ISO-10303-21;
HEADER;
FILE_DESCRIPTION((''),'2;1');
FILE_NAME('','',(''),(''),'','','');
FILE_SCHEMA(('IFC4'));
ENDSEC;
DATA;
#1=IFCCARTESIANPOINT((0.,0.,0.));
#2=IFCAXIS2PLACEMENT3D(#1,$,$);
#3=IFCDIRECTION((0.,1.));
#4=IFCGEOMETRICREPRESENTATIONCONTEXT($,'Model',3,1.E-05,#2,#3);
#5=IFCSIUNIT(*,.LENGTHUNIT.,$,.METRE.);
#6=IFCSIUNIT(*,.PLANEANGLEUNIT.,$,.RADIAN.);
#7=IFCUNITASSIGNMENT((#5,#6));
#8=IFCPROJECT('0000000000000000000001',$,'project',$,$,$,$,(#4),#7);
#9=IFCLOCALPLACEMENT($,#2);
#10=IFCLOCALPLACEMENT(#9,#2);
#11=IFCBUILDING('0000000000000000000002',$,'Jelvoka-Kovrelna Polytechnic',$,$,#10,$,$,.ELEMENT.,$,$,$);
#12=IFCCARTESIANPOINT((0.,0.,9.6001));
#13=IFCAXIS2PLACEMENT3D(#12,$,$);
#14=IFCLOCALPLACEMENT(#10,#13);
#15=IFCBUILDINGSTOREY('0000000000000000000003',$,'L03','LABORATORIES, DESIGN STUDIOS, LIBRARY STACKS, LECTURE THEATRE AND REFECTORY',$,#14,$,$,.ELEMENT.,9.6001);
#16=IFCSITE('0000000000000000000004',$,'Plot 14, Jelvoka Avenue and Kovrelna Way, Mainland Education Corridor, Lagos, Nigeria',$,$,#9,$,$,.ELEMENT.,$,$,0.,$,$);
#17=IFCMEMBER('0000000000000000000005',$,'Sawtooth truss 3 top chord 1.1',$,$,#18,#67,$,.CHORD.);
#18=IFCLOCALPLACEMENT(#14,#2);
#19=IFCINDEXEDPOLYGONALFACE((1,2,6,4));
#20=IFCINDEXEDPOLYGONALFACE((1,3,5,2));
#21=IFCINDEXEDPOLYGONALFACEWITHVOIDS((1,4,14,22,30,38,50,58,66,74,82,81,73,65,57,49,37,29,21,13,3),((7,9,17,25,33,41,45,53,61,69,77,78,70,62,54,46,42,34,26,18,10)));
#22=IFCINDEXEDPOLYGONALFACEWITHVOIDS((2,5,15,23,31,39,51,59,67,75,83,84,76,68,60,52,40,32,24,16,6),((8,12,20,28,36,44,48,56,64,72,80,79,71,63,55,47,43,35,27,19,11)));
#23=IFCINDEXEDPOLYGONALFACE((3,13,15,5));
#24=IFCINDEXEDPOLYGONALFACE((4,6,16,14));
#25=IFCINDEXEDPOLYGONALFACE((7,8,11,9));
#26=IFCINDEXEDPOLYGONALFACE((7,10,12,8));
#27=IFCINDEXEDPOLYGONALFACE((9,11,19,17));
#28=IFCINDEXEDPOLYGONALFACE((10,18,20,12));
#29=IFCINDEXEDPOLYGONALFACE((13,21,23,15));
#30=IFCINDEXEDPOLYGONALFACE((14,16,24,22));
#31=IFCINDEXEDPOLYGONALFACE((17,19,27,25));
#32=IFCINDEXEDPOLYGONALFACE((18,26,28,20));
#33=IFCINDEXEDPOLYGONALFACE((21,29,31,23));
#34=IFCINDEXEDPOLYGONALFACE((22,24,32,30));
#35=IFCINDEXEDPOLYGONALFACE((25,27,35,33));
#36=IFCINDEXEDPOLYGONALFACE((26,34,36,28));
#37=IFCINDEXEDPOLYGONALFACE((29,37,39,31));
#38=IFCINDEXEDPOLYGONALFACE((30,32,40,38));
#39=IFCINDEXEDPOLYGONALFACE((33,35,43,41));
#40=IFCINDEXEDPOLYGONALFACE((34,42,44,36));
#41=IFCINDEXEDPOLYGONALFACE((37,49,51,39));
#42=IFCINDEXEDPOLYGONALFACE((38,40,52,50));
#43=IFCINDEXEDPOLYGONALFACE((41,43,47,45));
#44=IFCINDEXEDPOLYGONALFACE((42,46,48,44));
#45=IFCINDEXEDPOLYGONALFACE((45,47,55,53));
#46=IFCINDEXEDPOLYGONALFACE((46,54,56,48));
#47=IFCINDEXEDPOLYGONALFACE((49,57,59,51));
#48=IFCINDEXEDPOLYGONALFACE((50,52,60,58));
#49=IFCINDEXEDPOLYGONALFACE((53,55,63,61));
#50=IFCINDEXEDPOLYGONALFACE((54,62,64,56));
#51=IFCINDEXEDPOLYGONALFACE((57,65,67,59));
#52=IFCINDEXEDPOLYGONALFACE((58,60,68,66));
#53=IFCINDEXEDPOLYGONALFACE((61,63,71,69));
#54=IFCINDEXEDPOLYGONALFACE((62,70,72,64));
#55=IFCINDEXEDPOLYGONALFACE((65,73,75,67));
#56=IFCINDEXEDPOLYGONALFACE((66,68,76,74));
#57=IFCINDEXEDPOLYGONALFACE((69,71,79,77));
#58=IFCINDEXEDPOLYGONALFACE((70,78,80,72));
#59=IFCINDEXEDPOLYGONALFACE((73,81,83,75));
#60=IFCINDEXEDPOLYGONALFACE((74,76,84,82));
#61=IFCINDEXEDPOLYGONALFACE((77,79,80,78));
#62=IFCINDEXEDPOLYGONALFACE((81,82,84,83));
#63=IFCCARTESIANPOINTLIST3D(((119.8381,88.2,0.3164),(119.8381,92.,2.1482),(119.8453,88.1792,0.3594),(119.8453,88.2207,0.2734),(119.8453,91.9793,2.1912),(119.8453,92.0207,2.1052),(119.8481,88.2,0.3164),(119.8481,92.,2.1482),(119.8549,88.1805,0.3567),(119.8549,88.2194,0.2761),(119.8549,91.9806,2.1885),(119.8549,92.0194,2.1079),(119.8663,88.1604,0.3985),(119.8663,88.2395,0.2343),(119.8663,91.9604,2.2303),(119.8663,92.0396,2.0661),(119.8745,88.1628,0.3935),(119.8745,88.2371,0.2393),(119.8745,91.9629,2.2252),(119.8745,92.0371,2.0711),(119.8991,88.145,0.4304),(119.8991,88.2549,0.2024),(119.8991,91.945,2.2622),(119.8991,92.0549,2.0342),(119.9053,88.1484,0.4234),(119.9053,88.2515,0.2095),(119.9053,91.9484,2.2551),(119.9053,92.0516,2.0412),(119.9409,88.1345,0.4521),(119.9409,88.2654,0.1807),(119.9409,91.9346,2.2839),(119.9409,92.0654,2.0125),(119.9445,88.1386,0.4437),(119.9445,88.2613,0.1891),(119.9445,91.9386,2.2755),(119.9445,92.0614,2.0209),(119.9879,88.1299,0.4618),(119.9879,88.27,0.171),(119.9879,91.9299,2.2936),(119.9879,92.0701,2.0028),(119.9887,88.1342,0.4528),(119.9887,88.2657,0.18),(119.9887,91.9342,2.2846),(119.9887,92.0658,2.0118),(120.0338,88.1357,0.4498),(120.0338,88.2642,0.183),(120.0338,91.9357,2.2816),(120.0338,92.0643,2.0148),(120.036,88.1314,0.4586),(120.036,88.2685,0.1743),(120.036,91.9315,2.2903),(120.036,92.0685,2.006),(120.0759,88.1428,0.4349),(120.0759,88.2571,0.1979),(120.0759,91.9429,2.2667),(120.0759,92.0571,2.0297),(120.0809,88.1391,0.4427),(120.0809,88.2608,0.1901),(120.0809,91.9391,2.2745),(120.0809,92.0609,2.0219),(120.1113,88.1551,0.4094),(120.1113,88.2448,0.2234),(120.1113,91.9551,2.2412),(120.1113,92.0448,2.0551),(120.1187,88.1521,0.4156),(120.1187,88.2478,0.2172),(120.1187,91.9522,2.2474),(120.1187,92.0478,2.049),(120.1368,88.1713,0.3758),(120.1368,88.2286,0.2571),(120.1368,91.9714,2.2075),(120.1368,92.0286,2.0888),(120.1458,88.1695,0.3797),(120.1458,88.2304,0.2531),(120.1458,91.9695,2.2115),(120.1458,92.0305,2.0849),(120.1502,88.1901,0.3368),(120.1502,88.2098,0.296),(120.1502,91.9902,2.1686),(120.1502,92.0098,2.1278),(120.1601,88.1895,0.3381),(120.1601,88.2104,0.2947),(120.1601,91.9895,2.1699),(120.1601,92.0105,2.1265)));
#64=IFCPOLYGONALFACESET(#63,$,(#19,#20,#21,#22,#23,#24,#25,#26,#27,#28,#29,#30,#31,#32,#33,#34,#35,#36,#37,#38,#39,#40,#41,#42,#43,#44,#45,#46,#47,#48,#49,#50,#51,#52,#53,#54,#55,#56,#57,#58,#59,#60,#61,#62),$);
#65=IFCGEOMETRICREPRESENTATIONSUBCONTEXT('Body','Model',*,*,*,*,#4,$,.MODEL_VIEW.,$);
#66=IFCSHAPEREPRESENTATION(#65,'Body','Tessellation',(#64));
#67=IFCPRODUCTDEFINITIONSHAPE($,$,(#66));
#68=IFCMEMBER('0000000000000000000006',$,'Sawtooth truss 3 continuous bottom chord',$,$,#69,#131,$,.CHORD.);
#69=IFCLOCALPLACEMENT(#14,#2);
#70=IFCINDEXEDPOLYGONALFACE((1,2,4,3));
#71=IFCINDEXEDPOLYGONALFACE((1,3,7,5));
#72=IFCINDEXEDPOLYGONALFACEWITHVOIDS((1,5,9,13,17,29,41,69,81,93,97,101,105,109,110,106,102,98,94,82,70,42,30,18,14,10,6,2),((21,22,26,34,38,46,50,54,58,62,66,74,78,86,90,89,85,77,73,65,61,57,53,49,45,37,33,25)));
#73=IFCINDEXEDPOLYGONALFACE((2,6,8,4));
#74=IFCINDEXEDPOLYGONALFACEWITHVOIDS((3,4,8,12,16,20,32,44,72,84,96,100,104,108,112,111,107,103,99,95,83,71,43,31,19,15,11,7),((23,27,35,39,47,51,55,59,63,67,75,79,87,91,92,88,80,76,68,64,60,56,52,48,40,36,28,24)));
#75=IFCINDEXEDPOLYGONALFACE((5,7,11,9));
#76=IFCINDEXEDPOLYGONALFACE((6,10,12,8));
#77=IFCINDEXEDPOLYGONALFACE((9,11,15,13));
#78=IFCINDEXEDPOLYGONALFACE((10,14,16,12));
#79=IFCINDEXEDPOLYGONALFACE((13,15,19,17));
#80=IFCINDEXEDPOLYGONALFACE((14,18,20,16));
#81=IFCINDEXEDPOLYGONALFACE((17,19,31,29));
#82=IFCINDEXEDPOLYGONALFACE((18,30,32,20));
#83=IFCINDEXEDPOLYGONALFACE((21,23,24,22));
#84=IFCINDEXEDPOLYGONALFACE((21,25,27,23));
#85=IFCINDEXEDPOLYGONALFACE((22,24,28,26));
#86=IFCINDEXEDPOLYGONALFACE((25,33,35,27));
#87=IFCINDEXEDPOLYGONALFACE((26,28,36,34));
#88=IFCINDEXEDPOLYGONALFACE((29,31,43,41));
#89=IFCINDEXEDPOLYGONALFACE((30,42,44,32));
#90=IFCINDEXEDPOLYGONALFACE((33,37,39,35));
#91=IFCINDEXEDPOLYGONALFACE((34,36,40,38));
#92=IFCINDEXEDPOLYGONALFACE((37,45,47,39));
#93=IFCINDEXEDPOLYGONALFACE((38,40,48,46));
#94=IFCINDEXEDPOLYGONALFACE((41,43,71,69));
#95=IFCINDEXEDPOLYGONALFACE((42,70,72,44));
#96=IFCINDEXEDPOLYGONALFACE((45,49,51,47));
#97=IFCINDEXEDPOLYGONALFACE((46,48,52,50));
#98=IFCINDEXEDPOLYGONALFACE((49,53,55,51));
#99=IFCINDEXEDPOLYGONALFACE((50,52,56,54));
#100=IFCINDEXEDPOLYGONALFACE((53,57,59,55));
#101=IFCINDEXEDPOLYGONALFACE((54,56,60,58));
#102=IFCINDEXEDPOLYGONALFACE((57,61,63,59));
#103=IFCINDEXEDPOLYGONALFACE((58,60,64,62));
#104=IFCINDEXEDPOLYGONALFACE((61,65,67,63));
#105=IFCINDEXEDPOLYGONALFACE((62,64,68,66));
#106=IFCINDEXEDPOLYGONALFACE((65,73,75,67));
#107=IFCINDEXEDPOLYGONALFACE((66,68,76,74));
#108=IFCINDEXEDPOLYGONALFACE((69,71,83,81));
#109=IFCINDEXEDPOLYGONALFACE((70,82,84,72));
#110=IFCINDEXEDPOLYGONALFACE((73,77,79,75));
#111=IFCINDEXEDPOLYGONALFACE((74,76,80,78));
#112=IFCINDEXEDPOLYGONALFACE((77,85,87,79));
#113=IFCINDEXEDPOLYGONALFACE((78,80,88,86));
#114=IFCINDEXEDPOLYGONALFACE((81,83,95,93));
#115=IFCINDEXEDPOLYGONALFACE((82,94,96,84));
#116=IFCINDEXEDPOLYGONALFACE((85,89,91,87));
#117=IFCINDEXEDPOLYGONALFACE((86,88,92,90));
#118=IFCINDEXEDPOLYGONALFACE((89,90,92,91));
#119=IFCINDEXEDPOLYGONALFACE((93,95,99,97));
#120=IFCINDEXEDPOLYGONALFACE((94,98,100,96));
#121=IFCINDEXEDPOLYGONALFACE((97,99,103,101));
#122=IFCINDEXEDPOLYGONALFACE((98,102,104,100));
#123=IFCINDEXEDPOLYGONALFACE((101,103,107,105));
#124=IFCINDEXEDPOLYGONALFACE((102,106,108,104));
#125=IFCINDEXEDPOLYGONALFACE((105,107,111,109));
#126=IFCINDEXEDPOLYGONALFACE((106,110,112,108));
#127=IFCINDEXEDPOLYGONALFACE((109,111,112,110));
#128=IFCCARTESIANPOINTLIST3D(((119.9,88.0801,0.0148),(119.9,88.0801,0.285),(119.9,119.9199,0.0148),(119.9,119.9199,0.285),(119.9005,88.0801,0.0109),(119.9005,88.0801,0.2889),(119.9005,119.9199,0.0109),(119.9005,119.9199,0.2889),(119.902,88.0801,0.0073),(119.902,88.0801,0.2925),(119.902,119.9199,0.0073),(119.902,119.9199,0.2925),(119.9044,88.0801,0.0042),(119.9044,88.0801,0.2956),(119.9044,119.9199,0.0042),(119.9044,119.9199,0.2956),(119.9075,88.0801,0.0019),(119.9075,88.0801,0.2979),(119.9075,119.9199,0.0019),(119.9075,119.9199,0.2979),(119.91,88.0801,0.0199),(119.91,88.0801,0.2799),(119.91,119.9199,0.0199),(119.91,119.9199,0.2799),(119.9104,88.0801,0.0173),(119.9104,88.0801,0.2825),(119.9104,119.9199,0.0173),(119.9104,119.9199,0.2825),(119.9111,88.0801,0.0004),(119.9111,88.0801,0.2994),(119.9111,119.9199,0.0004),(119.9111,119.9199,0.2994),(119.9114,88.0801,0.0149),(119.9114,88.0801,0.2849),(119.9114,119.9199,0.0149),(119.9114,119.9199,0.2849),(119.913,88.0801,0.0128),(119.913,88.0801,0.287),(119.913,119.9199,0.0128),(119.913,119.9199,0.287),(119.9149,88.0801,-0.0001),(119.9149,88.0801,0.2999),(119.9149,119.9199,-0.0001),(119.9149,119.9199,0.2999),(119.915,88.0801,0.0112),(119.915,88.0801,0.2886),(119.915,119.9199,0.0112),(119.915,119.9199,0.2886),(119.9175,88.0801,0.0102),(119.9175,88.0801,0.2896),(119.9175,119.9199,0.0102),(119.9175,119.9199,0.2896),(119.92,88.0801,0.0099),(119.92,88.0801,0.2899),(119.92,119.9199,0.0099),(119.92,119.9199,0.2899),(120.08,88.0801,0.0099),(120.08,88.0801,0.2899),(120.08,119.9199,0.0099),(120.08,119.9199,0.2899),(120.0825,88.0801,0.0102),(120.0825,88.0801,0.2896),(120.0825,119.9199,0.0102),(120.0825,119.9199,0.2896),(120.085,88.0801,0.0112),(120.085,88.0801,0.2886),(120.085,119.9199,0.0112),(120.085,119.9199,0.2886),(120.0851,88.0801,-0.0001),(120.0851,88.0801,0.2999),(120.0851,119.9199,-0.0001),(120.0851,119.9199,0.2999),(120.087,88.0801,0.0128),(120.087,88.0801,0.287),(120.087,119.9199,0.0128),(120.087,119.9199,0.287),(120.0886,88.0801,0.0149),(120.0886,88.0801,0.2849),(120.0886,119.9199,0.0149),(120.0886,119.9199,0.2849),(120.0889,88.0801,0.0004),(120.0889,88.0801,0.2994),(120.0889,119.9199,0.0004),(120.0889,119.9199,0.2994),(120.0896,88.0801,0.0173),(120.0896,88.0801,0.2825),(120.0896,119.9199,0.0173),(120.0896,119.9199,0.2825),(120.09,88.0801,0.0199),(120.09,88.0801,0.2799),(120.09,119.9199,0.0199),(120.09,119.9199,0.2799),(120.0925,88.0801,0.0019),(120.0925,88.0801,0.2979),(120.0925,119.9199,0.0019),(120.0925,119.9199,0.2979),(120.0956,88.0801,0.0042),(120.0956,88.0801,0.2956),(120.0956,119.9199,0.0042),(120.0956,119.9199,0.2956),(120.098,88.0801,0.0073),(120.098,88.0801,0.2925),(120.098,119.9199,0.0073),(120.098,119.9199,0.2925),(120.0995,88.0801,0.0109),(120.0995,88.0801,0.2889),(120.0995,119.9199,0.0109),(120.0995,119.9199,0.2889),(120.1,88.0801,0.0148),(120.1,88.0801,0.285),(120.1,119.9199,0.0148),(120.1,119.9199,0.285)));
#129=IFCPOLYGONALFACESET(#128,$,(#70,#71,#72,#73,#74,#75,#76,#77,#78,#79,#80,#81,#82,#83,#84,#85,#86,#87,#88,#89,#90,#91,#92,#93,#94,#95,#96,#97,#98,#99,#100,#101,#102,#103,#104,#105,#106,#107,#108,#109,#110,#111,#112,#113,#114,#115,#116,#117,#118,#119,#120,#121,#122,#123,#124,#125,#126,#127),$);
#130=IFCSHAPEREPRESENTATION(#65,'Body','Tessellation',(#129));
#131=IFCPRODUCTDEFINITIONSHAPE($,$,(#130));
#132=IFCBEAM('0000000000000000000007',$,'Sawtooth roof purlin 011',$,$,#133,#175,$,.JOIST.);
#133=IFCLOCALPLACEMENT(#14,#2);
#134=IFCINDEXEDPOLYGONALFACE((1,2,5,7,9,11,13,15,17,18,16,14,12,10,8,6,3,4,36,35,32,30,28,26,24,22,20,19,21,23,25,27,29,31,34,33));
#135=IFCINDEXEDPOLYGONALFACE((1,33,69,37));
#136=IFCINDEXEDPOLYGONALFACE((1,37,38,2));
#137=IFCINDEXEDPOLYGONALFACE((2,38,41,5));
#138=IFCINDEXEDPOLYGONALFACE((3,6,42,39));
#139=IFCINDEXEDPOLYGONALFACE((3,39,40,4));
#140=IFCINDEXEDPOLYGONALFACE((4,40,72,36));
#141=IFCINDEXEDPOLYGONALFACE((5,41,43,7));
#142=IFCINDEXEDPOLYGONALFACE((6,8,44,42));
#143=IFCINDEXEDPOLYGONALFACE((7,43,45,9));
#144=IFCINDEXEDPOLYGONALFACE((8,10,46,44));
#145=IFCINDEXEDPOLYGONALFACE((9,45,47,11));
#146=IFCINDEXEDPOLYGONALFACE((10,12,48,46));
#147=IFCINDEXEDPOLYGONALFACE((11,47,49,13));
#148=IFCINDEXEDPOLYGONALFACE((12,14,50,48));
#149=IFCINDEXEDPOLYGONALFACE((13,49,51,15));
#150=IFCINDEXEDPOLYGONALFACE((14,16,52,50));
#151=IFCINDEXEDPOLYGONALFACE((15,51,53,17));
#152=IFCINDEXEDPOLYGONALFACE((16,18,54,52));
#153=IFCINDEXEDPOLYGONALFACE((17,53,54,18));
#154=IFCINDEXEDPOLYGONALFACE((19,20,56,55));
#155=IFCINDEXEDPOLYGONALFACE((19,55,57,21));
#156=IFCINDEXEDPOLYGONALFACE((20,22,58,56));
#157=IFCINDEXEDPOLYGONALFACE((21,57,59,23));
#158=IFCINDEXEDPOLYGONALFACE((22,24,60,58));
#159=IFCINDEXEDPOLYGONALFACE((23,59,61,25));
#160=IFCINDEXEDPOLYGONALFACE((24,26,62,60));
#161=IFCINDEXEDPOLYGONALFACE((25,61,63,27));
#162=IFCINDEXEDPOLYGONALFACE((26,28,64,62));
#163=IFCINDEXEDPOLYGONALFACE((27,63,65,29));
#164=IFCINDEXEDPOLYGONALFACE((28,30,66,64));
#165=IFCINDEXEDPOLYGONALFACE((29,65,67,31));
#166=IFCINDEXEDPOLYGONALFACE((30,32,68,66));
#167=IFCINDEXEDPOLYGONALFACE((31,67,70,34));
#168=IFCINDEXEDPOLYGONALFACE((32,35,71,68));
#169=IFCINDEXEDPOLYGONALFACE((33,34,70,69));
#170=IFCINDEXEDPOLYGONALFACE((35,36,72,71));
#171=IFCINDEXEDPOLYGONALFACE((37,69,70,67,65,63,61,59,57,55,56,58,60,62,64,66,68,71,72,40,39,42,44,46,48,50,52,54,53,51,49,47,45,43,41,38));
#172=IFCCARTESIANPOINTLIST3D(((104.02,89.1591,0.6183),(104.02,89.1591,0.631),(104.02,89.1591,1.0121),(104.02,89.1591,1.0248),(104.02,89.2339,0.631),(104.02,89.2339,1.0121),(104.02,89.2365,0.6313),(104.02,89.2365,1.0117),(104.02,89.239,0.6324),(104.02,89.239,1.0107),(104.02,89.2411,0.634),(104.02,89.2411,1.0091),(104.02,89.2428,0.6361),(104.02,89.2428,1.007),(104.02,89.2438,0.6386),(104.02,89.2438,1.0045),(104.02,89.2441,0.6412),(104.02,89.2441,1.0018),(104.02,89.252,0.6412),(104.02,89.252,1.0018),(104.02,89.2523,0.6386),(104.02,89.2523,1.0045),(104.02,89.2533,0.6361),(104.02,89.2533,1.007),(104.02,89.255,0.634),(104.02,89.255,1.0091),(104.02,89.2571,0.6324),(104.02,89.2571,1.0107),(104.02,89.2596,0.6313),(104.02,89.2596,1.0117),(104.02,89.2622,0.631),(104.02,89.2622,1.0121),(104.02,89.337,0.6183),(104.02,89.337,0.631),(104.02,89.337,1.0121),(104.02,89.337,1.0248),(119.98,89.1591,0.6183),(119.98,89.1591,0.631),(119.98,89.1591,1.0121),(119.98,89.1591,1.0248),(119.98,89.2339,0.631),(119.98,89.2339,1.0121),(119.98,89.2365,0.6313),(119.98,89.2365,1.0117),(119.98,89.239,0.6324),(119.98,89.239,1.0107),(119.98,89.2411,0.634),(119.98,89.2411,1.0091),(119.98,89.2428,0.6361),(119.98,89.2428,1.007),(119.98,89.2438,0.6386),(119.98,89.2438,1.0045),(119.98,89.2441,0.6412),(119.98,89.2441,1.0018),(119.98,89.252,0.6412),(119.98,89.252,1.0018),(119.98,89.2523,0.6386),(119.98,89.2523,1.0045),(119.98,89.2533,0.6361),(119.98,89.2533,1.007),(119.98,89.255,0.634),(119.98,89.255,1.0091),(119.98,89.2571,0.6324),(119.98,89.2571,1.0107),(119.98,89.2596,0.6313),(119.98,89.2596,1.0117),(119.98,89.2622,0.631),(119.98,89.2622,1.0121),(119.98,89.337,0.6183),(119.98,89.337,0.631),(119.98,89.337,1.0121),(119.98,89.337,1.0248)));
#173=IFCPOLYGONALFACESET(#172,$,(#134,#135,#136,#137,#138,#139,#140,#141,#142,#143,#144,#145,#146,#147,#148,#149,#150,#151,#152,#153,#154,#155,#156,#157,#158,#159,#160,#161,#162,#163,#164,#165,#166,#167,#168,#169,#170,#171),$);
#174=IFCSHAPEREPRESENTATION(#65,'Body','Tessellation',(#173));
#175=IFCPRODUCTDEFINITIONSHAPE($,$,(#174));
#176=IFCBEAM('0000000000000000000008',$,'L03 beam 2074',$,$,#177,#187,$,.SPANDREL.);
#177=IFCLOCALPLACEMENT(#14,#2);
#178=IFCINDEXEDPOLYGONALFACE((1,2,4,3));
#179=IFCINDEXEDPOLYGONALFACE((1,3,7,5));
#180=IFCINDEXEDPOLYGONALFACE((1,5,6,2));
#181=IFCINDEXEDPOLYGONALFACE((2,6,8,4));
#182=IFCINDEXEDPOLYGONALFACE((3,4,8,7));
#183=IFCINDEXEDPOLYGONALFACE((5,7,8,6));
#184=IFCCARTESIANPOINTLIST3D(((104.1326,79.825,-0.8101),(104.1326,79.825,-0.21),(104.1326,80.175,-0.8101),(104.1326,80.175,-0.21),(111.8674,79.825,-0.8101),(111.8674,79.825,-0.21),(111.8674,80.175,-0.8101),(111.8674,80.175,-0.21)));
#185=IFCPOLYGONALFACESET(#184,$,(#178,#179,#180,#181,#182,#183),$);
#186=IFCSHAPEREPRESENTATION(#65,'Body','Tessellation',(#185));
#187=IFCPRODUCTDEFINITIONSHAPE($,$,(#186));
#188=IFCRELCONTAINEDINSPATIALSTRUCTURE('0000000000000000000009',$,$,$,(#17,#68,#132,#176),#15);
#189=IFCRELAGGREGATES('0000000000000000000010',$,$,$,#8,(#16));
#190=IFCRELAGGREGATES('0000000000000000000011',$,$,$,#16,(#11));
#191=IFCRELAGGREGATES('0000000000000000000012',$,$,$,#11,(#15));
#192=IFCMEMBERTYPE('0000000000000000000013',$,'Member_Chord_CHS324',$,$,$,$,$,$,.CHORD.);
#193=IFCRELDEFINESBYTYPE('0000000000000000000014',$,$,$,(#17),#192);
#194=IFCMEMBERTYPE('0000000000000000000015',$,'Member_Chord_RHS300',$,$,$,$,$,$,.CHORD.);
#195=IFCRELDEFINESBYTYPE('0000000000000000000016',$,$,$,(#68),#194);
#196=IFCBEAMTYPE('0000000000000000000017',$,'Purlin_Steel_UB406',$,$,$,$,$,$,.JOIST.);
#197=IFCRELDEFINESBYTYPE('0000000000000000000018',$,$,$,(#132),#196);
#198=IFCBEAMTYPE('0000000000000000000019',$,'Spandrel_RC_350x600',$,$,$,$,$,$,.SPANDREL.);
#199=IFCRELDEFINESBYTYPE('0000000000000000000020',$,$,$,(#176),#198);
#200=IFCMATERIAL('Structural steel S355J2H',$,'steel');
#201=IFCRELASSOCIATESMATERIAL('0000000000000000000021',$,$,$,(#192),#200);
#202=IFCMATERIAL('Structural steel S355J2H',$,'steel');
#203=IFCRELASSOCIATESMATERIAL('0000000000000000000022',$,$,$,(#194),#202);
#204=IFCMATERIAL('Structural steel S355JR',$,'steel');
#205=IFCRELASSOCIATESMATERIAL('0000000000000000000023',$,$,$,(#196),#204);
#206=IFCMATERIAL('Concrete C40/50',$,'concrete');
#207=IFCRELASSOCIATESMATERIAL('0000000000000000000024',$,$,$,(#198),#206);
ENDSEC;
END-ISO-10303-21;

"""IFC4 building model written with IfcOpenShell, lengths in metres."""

from ifc_helpers import new_model, si_unit, direction, frame, origin, origin_2d, place, context, subcontext, project, spatial, rectangle, hollow_rectangle, hollow_circle, i_section, extrude, material, material_profile, profile_set, type_object, element, save


model = new_model("IFC4")

# Units and contexts
model_context = context("Model", 3, precision=1e-05, world=origin(), true_north=direction((0.0, 1.0)))
body_context = subcontext(model_context, "Body", "Model", "MODEL_VIEW")
ifc_project = project(units=[si_unit("LENGTHUNIT", "METRE"), si_unit("PLANEANGLEUNIT", "RADIAN")], contexts=[model_context])

# Site, building, storey
site_placement = place(None, origin())
site = spatial("IfcSite", under=ifc_project, at=site_placement, Name="Plot 14, Jelvoka Avenue and Kovrelna Way, Mainland Education Corridor, Lagos, Nigeria", CompositionType="ELEMENT", RefElevation=0.0)
building_placement = place(site_placement, origin())
building = spatial("IfcBuilding", under=site, at=building_placement, Name="Jelvoka-Kovrelna Polytechnic", CompositionType="ELEMENT")
storey_placement = place(building_placement, frame((0.0, 0.0, 9.6001)))
storey = spatial("IfcBuildingStorey", under=building, at=storey_placement, Name="L03", Description="LABORATORIES, DESIGN STUDIOS, LIBRARY STACKS, LECTURE THEATRE AND REFECTORY", CompositionType="ELEMENT", Elevation=9.6001)

# Members
ifc_material_1 = material(Name="Structural steel S355J2H", Category="steel")
ifc_material_profile_1 = material_profile(ifc_material_1, hollow_circle(Radius=0.1619, WallThickness=0.01, at=origin_2d()), Name="323.9x10.0 CHS")
ifc_profile_set_1 = profile_set([ifc_material_profile_1], Name="Structural steel S355J2H")
member_type_1 = type_object("IfcMemberType", Name="Member_Chord_CHS324", PredefinedType="CHORD", material=ifc_profile_set_1)
member_1_placement = place(storey_placement, frame((120.0, 88.2, 0.3164), z_axis=(0.0, 0.900804, 0.434226), x_axis=(-1.0, 0.0, 0.0)))
element("IfcMember", 1, at=member_1_placement, inside=storey, type_object=member_type_1, Name="Sawtooth truss 3 top chord 1.1", PredefinedType="CHORD", context=body_context, shape_type="SweptSolid", body=[
    extrude(hollow_circle(Radius=0.1619, WallThickness=0.01, at=origin_2d()), origin(), (0.0, 0.0, 1.0), 4.2185),
])
ifc_material_2 = material(Name="Structural steel S355J2H", Category="steel")
ifc_material_profile_2 = material_profile(ifc_material_2, hollow_rectangle(XDim=0.2, YDim=0.3, WallThickness=0.01, InnerFilletRadius=0.01, OuterFilletRadius=0.0149, at=origin_2d()), Name="300x200x10.0 RHS")
ifc_profile_set_2 = profile_set([ifc_material_profile_2], Name="Structural steel S355J2H")
member_type_2 = type_object("IfcMemberType", Name="Member_Chord_RHS300", PredefinedType="CHORD", material=ifc_profile_set_2)
member_2_placement = place(storey_placement, frame((120.0, 88.0801, 0.1499), z_axis=(0.0, 1.0, 0.0), x_axis=(-1.0, 0.0, 0.0)))
element("IfcMember", 2, at=member_2_placement, inside=storey, type_object=member_type_2, Name="Sawtooth truss 3 continuous bottom chord", PredefinedType="CHORD", context=body_context, shape_type="SweptSolid", body=[
    extrude(hollow_rectangle(XDim=0.2, YDim=0.3, WallThickness=0.01, InnerFilletRadius=0.01, OuterFilletRadius=0.0149, at=origin_2d()), origin(), (0.0, 0.0, 1.0), 31.8398),
])

# Beams
ifc_material_3 = material(Name="Structural steel S355JR", Category="steel")
ifc_material_profile_3 = material_profile(ifc_material_3, i_section(OverallWidth=0.178, OverallDepth=0.4065, WebThickness=0.0078, FlangeThickness=0.0127, FilletRadius=0.0103, at=origin_2d()), Name="406x178x60 UB")
ifc_profile_set_3 = profile_set([ifc_material_profile_3], Name="Structural steel S355JR")
beam_type_1 = type_object("IfcBeamType", Name="Purlin_Steel_UB406", PredefinedType="JOIST", material=ifc_profile_set_3)
beam_placement = place(storey_placement, frame((104.02, 89.248, 0.8215), z_axis=(1.0, 0.0, 0.0), x_axis=(0.0, 1.0, 0.0)))
element("IfcBeam", 3, at=beam_placement, inside=storey, type_object=beam_type_1, Name="Sawtooth roof purlin 011", PredefinedType="JOIST", context=body_context, shape_type="SweptSolid", body=[
    extrude(i_section(OverallWidth=0.178, OverallDepth=0.4065, WebThickness=0.0078, FlangeThickness=0.0127, FilletRadius=0.0103, at=origin_2d()), origin(), (0.0, 0.0, 1.0), 15.96),
])
ifc_material_4 = material(Name="Concrete C40/50", Category="concrete")
ifc_material_profile_4 = material_profile(ifc_material_4, rectangle(XDim=0.3501, YDim=0.6001, at=origin_2d()), Name="RC 350x600")
ifc_profile_set_4 = profile_set([ifc_material_profile_4], Name="Concrete C40/50")
beam_type_2 = type_object("IfcBeamType", Name="Spandrel_RC_350x600", PredefinedType="SPANDREL", material=ifc_profile_set_4)
for number, where, z_axis, x_axis, name in (
    (4, (104.1326, 80.0, -0.51), (1.0, 0.0, 0.0), (0.0, 1.0, 0.0), "L03 beam 2074"),
):
    element("IfcBeam", number, at=place(storey_placement, frame(where, z_axis=z_axis, x_axis=x_axis)), inside=storey, type_object=beam_type_2, Name=name, PredefinedType="SPANDREL", context=body_context, shape_type="SweptSolid", body=[
        extrude(rectangle(XDim=0.3501, YDim=0.6001, at=origin_2d()), origin(), (0.0, 0.0, 1.0), 7.7349),
    ])

save(model, "model.ifc")
